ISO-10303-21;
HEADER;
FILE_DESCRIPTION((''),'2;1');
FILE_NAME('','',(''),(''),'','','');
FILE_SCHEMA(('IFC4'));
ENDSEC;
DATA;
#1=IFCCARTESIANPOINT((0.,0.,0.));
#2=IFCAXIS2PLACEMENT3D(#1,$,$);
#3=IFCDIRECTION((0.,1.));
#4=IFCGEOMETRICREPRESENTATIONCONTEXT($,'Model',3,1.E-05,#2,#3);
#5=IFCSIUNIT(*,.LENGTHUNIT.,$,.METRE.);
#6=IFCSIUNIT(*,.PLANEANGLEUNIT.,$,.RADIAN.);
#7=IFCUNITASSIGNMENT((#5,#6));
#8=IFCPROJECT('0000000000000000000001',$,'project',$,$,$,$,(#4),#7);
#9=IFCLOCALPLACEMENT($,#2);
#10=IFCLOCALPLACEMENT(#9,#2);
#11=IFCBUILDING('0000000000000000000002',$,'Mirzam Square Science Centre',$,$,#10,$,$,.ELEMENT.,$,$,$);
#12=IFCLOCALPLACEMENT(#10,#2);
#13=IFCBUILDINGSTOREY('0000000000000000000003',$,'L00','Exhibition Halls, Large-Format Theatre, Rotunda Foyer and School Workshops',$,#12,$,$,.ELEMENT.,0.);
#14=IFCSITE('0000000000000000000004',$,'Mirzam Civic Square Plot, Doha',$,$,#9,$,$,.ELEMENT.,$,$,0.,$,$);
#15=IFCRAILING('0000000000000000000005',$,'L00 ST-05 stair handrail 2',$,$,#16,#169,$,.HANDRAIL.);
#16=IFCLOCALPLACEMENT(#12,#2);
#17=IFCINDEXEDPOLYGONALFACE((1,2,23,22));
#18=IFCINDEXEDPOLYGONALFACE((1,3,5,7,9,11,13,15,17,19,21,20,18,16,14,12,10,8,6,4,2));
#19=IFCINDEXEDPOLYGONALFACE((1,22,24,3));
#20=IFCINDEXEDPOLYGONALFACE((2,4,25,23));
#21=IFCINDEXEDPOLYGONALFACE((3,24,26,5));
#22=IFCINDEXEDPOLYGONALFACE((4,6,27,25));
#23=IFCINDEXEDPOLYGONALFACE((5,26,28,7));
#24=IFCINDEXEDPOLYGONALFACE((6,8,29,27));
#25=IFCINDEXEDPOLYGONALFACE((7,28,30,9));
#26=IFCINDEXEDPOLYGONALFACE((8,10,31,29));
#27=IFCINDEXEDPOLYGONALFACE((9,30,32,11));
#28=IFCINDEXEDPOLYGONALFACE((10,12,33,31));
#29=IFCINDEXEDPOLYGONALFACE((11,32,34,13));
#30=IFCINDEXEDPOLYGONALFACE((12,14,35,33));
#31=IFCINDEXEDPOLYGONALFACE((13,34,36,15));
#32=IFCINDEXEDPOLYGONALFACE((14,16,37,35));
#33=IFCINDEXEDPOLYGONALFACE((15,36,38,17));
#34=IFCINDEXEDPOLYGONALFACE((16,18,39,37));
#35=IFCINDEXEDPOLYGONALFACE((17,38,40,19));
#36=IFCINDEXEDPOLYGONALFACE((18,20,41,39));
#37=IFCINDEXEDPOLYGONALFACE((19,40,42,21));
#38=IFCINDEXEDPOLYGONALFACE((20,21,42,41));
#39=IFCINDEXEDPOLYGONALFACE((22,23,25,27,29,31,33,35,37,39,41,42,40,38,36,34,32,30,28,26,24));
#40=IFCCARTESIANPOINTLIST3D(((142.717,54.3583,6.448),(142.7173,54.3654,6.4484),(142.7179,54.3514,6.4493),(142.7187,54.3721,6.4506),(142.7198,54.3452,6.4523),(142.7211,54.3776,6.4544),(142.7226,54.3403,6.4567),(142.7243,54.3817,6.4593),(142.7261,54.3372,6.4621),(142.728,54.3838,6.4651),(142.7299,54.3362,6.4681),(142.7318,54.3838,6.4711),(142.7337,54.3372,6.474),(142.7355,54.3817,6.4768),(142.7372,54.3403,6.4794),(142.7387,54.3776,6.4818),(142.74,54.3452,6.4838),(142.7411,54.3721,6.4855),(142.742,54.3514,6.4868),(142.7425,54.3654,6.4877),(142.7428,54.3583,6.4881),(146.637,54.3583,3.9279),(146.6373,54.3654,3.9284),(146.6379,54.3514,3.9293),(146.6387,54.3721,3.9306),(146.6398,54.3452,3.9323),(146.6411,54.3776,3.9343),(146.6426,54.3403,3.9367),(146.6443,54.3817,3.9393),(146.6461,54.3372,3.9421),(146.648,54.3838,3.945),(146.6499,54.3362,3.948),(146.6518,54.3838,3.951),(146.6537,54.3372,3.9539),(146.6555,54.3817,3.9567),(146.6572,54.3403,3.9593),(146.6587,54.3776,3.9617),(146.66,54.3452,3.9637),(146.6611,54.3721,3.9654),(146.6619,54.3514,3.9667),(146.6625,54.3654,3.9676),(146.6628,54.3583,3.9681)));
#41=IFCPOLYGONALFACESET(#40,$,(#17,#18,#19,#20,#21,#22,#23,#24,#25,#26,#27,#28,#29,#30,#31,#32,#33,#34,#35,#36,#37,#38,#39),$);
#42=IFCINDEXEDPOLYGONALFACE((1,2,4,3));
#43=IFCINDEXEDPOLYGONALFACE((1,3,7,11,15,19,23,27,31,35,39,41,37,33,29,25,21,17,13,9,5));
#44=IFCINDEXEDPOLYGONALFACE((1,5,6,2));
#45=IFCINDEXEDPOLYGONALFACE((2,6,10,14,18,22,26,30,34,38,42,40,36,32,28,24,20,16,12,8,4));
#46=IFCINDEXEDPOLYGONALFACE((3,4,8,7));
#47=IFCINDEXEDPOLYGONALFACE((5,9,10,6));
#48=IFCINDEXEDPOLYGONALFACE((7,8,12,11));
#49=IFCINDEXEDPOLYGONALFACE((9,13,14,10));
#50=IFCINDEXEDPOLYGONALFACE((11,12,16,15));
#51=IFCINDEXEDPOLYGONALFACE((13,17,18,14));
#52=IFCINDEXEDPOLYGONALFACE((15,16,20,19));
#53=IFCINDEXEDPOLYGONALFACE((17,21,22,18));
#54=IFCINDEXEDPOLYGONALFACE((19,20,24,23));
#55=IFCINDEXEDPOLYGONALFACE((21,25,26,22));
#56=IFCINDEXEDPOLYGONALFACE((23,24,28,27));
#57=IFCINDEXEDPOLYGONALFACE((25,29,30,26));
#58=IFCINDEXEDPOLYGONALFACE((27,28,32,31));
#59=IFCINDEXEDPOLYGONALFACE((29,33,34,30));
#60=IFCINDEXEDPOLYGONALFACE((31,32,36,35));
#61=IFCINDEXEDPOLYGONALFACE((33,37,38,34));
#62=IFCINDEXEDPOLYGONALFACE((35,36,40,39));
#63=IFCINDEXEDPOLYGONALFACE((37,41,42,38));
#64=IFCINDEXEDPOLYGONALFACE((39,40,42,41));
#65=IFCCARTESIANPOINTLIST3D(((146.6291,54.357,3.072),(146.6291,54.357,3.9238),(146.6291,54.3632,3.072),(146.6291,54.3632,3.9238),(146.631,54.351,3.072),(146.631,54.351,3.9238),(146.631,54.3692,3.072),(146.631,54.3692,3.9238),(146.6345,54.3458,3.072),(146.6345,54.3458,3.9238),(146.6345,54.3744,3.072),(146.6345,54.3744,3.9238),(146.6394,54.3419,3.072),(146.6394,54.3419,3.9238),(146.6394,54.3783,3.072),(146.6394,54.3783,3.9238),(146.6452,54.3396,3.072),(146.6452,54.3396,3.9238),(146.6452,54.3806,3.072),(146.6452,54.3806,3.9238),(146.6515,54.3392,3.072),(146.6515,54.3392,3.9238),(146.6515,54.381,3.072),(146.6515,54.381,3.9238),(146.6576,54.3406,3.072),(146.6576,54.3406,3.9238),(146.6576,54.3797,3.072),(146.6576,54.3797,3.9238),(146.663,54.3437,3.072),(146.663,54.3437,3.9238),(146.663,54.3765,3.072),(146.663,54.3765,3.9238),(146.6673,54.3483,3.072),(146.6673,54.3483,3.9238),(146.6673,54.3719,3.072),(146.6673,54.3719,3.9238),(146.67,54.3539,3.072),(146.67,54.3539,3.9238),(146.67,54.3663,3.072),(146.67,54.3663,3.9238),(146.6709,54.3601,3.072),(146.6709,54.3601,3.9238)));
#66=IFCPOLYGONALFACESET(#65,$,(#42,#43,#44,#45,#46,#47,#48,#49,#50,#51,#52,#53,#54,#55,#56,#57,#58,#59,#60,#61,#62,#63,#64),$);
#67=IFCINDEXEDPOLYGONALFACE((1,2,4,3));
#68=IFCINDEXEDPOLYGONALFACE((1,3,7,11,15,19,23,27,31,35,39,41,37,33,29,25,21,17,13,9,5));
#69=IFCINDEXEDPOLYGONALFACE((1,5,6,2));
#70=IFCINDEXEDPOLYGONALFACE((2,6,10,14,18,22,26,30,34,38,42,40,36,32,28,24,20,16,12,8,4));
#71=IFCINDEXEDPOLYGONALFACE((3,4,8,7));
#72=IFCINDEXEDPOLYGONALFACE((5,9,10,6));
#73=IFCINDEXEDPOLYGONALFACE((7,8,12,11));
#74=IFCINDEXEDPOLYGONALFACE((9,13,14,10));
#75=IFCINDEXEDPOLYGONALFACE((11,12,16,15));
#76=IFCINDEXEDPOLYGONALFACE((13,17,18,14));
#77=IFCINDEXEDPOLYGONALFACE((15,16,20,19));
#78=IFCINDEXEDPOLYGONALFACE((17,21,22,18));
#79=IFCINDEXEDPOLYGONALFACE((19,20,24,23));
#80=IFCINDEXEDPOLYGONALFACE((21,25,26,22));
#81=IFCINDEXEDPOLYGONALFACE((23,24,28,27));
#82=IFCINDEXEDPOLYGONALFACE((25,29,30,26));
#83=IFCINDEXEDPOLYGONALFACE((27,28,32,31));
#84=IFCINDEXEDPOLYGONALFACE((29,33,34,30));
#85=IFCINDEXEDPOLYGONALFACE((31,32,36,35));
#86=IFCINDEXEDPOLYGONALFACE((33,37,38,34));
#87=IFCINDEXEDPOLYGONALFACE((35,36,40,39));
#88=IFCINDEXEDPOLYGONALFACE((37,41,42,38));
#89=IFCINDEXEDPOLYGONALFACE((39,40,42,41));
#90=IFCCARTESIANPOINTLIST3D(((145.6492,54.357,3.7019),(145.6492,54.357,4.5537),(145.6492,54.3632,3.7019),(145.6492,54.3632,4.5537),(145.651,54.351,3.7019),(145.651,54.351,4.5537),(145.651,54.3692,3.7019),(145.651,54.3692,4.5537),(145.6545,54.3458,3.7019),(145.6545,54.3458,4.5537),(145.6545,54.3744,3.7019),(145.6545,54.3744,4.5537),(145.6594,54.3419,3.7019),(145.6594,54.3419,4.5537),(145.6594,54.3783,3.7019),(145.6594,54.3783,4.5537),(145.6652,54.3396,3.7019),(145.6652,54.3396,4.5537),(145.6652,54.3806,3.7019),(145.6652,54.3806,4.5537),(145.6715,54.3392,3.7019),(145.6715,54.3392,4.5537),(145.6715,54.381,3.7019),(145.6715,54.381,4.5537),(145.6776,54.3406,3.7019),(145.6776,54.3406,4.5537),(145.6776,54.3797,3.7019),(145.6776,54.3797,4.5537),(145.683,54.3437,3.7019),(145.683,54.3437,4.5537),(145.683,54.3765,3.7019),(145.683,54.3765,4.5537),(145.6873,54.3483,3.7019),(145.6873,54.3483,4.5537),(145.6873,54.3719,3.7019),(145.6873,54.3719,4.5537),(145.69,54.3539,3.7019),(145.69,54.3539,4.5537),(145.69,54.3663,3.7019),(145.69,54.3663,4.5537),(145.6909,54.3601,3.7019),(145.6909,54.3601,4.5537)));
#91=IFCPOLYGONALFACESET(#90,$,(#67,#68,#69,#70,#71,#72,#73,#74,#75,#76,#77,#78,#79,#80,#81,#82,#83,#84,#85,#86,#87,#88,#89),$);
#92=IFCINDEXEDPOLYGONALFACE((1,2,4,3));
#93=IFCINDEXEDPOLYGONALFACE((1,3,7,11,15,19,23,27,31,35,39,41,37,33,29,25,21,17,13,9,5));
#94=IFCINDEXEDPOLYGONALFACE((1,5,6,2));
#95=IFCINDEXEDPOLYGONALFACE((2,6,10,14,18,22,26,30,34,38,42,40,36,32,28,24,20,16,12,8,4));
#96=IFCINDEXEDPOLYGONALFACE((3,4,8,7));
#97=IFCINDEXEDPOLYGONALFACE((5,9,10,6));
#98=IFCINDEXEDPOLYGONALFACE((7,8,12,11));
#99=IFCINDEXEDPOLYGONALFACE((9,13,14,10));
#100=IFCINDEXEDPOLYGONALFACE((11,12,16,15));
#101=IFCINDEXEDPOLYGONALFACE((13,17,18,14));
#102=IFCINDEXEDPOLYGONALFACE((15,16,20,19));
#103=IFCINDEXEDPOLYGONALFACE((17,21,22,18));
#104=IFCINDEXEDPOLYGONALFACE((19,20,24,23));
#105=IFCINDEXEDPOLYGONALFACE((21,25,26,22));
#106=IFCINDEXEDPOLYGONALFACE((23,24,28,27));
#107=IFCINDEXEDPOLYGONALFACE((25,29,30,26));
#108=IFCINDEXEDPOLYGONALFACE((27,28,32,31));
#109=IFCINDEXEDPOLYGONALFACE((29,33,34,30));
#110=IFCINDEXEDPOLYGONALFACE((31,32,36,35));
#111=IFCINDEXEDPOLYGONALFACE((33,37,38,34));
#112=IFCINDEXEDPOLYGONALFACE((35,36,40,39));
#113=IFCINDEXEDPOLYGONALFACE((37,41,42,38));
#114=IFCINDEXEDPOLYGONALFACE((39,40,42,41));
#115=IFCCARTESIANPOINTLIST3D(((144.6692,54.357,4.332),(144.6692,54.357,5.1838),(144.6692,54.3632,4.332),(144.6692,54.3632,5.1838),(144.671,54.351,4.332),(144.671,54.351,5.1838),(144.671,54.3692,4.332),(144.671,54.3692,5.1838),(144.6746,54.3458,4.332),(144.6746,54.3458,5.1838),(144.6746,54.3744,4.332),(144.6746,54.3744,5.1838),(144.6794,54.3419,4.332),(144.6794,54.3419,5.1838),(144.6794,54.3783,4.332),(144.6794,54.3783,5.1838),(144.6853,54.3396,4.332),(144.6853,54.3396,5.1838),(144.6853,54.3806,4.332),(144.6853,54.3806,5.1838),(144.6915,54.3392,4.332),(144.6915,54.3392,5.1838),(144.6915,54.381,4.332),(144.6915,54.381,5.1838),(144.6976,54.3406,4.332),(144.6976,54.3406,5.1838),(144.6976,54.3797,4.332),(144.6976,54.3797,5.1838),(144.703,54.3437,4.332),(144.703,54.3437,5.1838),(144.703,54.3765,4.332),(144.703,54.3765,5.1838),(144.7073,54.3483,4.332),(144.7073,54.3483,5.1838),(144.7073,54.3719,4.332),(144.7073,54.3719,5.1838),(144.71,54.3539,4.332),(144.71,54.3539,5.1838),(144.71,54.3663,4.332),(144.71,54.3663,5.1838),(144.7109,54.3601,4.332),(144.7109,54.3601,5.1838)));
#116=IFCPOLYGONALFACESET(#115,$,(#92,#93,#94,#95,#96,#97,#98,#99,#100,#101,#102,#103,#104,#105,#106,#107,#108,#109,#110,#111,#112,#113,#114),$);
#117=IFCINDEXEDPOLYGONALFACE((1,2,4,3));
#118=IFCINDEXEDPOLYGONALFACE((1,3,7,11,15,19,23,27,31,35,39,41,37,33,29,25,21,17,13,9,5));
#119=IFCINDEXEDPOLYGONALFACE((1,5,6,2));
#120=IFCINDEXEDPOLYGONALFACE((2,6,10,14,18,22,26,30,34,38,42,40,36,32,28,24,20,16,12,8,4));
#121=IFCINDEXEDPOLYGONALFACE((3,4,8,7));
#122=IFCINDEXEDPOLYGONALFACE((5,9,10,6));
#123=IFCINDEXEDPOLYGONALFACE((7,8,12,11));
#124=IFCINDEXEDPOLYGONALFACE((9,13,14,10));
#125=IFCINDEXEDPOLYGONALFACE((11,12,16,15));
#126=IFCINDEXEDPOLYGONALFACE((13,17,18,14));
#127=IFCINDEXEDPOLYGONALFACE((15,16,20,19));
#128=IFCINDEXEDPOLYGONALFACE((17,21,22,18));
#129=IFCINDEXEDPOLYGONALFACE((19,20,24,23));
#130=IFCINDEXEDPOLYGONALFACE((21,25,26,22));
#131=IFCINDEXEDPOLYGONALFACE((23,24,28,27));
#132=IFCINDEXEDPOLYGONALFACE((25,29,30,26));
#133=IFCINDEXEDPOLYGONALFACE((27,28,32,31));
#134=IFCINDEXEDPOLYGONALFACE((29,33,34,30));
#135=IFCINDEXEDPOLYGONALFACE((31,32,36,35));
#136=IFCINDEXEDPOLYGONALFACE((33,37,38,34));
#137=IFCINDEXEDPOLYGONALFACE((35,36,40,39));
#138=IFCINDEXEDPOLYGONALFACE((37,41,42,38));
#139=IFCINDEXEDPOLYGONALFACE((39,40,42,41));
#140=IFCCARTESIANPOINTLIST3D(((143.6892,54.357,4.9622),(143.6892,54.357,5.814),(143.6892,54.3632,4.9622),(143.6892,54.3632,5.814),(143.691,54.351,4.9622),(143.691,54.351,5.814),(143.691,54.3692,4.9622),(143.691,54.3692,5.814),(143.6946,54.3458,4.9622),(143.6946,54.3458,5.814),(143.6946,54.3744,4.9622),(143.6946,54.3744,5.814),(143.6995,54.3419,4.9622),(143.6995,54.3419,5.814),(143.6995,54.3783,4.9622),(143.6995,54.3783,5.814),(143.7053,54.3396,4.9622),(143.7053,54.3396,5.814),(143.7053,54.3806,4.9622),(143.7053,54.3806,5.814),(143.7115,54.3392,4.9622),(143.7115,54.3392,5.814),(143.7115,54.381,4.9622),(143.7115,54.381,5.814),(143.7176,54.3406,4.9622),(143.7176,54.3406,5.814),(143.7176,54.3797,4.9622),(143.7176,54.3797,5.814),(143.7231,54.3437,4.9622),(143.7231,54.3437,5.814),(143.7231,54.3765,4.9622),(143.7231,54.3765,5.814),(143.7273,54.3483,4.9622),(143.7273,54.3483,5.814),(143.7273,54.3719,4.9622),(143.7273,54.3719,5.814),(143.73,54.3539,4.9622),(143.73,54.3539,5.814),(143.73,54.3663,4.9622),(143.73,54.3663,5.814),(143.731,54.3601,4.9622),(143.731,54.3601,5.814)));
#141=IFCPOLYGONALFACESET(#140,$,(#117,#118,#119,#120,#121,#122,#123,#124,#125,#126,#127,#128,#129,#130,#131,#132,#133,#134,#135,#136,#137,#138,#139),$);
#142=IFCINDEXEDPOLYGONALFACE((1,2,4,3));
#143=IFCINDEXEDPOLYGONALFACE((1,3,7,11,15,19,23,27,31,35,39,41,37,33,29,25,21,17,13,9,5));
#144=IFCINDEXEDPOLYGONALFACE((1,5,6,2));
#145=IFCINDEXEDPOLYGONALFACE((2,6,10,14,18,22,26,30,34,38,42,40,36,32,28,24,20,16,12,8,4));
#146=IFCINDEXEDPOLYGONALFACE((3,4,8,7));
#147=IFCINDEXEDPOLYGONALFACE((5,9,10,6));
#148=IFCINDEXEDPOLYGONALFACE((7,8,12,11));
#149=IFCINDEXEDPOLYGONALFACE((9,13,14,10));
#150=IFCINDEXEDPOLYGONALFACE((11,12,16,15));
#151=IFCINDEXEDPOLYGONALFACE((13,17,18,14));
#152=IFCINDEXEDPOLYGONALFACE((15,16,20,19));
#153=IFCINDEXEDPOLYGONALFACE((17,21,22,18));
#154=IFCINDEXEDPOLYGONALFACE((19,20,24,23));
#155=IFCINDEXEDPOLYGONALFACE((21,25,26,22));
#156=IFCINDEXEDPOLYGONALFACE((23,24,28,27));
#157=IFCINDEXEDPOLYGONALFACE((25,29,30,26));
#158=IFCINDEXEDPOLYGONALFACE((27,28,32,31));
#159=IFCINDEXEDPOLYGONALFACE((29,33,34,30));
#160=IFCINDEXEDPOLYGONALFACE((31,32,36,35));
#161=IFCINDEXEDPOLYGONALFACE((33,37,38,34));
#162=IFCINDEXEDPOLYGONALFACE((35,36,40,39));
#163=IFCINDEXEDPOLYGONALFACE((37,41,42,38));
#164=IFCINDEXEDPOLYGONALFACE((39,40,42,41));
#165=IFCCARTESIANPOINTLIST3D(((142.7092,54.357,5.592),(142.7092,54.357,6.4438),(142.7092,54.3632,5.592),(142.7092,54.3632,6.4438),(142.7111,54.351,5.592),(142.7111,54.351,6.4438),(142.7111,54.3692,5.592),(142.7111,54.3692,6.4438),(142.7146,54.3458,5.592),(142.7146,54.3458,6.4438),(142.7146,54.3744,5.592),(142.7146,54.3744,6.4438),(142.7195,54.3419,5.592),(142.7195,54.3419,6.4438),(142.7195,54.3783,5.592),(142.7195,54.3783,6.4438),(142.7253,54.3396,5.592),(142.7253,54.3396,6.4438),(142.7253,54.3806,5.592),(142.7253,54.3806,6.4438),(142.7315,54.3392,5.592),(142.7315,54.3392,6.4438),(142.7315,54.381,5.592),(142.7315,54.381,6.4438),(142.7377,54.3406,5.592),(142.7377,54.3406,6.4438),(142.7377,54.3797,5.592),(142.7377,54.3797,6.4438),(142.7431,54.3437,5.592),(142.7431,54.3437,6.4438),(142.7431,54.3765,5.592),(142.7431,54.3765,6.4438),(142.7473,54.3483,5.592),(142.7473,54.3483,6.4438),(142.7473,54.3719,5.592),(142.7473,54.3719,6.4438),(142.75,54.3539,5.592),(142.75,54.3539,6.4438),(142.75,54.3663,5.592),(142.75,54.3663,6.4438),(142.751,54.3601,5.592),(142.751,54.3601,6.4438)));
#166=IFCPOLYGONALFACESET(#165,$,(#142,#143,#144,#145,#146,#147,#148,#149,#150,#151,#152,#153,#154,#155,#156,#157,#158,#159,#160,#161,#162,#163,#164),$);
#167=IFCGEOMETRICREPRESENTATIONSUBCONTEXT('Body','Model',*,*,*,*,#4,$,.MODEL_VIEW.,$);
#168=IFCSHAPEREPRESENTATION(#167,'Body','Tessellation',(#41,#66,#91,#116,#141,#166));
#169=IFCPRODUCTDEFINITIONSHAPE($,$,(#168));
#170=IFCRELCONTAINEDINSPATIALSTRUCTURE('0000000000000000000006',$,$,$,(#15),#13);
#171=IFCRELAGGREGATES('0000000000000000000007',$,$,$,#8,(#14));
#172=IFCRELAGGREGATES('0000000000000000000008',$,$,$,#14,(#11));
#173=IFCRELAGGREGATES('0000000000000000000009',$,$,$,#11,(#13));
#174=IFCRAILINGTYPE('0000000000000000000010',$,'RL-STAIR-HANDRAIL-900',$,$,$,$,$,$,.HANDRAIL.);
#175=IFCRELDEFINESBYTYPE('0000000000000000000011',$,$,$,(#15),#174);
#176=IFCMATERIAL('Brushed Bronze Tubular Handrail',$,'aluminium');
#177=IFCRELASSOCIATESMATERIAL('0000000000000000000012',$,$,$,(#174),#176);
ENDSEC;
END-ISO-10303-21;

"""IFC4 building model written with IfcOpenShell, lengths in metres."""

from ifc_helpers import new_model, si_unit, direction, frame, origin, origin_2d, place, context, subcontext, project, spatial, circle, extrude, material, type_object, element, save


model = new_model("IFC4")

# Units and contexts
model_context = context("Model", 3, precision=1e-05, world=origin(), true_north=direction((0.0, 1.0)))
body_context = subcontext(model_context, "Body", "Model", "MODEL_VIEW")
ifc_project = project(units=[si_unit("LENGTHUNIT", "METRE"), si_unit("PLANEANGLEUNIT", "RADIAN")], contexts=[model_context])

# Site, building, storey
site_placement = place(None, origin())
site = spatial("IfcSite", under=ifc_project, at=site_placement, Name="Mirzam Civic Square Plot, Doha", CompositionType="ELEMENT", RefElevation=0.0)
building_placement = place(site_placement, origin())
building = spatial("IfcBuilding", under=site, at=building_placement, Name="Mirzam Square Science Centre", CompositionType="ELEMENT")
storey_placement = place(building_placement, origin())
storey = spatial("IfcBuildingStorey", under=building, at=storey_placement, Name="L00", Description="Exhibition Halls, Large-Format Theatre, Rotunda Foyer and School Workshops", CompositionType="ELEMENT", Elevation=0.0)

# Railing
ifc_material_1 = material(Name="Brushed Bronze Tubular Handrail", Category="aluminium")
railing_type_1 = type_object("IfcRailingType", Name="RL-STAIR-HANDRAIL-900", PredefinedType="HANDRAIL", material=ifc_material_1)
railing_1_placement = place(storey_placement, frame((146.6499, 54.3601, 3.072)))
element("IfcRailing", 1, at=railing_1_placement, inside=storey, type_object=railing_type_1, Name="L00 ST-05 stair handrail 2", PredefinedType="HANDRAIL", context=body_context, shape_type="SweptSolid", body=[
    extrude(circle(Radius=0.0239, at=origin_2d()), frame((0.0, 0.0, 0.876), z_axis=(-0.841172, 0.0, 0.540768), x_axis=(0.0, -1.0, 0.0)), (0.0, 0.0, 1.0), 4.6602),
    extrude(circle(Radius=0.021, at=origin_2d()), origin(), (0.0, 0.0, 1.0), 0.8518),
    extrude(circle(Radius=0.021, at=origin_2d()), frame((-0.98, 0.0, 0.6299)), (0.0, 0.0, 1.0), 0.8518),
    extrude(circle(Radius=0.021, at=origin_2d()), frame((-1.96, 0.0, 1.26)), (0.0, 0.0, 1.0), 0.8518),
    extrude(circle(Radius=0.021, at=origin_2d()), frame((-2.9399, 0.0, 1.8901)), (0.0, 0.0, 1.0), 0.8518),
    extrude(circle(Radius=0.021, at=origin_2d()), frame((-3.9199, 0.0, 2.52)), (0.0, 0.0, 1.0), 0.8518),
])

save(model, "model.ifc")
